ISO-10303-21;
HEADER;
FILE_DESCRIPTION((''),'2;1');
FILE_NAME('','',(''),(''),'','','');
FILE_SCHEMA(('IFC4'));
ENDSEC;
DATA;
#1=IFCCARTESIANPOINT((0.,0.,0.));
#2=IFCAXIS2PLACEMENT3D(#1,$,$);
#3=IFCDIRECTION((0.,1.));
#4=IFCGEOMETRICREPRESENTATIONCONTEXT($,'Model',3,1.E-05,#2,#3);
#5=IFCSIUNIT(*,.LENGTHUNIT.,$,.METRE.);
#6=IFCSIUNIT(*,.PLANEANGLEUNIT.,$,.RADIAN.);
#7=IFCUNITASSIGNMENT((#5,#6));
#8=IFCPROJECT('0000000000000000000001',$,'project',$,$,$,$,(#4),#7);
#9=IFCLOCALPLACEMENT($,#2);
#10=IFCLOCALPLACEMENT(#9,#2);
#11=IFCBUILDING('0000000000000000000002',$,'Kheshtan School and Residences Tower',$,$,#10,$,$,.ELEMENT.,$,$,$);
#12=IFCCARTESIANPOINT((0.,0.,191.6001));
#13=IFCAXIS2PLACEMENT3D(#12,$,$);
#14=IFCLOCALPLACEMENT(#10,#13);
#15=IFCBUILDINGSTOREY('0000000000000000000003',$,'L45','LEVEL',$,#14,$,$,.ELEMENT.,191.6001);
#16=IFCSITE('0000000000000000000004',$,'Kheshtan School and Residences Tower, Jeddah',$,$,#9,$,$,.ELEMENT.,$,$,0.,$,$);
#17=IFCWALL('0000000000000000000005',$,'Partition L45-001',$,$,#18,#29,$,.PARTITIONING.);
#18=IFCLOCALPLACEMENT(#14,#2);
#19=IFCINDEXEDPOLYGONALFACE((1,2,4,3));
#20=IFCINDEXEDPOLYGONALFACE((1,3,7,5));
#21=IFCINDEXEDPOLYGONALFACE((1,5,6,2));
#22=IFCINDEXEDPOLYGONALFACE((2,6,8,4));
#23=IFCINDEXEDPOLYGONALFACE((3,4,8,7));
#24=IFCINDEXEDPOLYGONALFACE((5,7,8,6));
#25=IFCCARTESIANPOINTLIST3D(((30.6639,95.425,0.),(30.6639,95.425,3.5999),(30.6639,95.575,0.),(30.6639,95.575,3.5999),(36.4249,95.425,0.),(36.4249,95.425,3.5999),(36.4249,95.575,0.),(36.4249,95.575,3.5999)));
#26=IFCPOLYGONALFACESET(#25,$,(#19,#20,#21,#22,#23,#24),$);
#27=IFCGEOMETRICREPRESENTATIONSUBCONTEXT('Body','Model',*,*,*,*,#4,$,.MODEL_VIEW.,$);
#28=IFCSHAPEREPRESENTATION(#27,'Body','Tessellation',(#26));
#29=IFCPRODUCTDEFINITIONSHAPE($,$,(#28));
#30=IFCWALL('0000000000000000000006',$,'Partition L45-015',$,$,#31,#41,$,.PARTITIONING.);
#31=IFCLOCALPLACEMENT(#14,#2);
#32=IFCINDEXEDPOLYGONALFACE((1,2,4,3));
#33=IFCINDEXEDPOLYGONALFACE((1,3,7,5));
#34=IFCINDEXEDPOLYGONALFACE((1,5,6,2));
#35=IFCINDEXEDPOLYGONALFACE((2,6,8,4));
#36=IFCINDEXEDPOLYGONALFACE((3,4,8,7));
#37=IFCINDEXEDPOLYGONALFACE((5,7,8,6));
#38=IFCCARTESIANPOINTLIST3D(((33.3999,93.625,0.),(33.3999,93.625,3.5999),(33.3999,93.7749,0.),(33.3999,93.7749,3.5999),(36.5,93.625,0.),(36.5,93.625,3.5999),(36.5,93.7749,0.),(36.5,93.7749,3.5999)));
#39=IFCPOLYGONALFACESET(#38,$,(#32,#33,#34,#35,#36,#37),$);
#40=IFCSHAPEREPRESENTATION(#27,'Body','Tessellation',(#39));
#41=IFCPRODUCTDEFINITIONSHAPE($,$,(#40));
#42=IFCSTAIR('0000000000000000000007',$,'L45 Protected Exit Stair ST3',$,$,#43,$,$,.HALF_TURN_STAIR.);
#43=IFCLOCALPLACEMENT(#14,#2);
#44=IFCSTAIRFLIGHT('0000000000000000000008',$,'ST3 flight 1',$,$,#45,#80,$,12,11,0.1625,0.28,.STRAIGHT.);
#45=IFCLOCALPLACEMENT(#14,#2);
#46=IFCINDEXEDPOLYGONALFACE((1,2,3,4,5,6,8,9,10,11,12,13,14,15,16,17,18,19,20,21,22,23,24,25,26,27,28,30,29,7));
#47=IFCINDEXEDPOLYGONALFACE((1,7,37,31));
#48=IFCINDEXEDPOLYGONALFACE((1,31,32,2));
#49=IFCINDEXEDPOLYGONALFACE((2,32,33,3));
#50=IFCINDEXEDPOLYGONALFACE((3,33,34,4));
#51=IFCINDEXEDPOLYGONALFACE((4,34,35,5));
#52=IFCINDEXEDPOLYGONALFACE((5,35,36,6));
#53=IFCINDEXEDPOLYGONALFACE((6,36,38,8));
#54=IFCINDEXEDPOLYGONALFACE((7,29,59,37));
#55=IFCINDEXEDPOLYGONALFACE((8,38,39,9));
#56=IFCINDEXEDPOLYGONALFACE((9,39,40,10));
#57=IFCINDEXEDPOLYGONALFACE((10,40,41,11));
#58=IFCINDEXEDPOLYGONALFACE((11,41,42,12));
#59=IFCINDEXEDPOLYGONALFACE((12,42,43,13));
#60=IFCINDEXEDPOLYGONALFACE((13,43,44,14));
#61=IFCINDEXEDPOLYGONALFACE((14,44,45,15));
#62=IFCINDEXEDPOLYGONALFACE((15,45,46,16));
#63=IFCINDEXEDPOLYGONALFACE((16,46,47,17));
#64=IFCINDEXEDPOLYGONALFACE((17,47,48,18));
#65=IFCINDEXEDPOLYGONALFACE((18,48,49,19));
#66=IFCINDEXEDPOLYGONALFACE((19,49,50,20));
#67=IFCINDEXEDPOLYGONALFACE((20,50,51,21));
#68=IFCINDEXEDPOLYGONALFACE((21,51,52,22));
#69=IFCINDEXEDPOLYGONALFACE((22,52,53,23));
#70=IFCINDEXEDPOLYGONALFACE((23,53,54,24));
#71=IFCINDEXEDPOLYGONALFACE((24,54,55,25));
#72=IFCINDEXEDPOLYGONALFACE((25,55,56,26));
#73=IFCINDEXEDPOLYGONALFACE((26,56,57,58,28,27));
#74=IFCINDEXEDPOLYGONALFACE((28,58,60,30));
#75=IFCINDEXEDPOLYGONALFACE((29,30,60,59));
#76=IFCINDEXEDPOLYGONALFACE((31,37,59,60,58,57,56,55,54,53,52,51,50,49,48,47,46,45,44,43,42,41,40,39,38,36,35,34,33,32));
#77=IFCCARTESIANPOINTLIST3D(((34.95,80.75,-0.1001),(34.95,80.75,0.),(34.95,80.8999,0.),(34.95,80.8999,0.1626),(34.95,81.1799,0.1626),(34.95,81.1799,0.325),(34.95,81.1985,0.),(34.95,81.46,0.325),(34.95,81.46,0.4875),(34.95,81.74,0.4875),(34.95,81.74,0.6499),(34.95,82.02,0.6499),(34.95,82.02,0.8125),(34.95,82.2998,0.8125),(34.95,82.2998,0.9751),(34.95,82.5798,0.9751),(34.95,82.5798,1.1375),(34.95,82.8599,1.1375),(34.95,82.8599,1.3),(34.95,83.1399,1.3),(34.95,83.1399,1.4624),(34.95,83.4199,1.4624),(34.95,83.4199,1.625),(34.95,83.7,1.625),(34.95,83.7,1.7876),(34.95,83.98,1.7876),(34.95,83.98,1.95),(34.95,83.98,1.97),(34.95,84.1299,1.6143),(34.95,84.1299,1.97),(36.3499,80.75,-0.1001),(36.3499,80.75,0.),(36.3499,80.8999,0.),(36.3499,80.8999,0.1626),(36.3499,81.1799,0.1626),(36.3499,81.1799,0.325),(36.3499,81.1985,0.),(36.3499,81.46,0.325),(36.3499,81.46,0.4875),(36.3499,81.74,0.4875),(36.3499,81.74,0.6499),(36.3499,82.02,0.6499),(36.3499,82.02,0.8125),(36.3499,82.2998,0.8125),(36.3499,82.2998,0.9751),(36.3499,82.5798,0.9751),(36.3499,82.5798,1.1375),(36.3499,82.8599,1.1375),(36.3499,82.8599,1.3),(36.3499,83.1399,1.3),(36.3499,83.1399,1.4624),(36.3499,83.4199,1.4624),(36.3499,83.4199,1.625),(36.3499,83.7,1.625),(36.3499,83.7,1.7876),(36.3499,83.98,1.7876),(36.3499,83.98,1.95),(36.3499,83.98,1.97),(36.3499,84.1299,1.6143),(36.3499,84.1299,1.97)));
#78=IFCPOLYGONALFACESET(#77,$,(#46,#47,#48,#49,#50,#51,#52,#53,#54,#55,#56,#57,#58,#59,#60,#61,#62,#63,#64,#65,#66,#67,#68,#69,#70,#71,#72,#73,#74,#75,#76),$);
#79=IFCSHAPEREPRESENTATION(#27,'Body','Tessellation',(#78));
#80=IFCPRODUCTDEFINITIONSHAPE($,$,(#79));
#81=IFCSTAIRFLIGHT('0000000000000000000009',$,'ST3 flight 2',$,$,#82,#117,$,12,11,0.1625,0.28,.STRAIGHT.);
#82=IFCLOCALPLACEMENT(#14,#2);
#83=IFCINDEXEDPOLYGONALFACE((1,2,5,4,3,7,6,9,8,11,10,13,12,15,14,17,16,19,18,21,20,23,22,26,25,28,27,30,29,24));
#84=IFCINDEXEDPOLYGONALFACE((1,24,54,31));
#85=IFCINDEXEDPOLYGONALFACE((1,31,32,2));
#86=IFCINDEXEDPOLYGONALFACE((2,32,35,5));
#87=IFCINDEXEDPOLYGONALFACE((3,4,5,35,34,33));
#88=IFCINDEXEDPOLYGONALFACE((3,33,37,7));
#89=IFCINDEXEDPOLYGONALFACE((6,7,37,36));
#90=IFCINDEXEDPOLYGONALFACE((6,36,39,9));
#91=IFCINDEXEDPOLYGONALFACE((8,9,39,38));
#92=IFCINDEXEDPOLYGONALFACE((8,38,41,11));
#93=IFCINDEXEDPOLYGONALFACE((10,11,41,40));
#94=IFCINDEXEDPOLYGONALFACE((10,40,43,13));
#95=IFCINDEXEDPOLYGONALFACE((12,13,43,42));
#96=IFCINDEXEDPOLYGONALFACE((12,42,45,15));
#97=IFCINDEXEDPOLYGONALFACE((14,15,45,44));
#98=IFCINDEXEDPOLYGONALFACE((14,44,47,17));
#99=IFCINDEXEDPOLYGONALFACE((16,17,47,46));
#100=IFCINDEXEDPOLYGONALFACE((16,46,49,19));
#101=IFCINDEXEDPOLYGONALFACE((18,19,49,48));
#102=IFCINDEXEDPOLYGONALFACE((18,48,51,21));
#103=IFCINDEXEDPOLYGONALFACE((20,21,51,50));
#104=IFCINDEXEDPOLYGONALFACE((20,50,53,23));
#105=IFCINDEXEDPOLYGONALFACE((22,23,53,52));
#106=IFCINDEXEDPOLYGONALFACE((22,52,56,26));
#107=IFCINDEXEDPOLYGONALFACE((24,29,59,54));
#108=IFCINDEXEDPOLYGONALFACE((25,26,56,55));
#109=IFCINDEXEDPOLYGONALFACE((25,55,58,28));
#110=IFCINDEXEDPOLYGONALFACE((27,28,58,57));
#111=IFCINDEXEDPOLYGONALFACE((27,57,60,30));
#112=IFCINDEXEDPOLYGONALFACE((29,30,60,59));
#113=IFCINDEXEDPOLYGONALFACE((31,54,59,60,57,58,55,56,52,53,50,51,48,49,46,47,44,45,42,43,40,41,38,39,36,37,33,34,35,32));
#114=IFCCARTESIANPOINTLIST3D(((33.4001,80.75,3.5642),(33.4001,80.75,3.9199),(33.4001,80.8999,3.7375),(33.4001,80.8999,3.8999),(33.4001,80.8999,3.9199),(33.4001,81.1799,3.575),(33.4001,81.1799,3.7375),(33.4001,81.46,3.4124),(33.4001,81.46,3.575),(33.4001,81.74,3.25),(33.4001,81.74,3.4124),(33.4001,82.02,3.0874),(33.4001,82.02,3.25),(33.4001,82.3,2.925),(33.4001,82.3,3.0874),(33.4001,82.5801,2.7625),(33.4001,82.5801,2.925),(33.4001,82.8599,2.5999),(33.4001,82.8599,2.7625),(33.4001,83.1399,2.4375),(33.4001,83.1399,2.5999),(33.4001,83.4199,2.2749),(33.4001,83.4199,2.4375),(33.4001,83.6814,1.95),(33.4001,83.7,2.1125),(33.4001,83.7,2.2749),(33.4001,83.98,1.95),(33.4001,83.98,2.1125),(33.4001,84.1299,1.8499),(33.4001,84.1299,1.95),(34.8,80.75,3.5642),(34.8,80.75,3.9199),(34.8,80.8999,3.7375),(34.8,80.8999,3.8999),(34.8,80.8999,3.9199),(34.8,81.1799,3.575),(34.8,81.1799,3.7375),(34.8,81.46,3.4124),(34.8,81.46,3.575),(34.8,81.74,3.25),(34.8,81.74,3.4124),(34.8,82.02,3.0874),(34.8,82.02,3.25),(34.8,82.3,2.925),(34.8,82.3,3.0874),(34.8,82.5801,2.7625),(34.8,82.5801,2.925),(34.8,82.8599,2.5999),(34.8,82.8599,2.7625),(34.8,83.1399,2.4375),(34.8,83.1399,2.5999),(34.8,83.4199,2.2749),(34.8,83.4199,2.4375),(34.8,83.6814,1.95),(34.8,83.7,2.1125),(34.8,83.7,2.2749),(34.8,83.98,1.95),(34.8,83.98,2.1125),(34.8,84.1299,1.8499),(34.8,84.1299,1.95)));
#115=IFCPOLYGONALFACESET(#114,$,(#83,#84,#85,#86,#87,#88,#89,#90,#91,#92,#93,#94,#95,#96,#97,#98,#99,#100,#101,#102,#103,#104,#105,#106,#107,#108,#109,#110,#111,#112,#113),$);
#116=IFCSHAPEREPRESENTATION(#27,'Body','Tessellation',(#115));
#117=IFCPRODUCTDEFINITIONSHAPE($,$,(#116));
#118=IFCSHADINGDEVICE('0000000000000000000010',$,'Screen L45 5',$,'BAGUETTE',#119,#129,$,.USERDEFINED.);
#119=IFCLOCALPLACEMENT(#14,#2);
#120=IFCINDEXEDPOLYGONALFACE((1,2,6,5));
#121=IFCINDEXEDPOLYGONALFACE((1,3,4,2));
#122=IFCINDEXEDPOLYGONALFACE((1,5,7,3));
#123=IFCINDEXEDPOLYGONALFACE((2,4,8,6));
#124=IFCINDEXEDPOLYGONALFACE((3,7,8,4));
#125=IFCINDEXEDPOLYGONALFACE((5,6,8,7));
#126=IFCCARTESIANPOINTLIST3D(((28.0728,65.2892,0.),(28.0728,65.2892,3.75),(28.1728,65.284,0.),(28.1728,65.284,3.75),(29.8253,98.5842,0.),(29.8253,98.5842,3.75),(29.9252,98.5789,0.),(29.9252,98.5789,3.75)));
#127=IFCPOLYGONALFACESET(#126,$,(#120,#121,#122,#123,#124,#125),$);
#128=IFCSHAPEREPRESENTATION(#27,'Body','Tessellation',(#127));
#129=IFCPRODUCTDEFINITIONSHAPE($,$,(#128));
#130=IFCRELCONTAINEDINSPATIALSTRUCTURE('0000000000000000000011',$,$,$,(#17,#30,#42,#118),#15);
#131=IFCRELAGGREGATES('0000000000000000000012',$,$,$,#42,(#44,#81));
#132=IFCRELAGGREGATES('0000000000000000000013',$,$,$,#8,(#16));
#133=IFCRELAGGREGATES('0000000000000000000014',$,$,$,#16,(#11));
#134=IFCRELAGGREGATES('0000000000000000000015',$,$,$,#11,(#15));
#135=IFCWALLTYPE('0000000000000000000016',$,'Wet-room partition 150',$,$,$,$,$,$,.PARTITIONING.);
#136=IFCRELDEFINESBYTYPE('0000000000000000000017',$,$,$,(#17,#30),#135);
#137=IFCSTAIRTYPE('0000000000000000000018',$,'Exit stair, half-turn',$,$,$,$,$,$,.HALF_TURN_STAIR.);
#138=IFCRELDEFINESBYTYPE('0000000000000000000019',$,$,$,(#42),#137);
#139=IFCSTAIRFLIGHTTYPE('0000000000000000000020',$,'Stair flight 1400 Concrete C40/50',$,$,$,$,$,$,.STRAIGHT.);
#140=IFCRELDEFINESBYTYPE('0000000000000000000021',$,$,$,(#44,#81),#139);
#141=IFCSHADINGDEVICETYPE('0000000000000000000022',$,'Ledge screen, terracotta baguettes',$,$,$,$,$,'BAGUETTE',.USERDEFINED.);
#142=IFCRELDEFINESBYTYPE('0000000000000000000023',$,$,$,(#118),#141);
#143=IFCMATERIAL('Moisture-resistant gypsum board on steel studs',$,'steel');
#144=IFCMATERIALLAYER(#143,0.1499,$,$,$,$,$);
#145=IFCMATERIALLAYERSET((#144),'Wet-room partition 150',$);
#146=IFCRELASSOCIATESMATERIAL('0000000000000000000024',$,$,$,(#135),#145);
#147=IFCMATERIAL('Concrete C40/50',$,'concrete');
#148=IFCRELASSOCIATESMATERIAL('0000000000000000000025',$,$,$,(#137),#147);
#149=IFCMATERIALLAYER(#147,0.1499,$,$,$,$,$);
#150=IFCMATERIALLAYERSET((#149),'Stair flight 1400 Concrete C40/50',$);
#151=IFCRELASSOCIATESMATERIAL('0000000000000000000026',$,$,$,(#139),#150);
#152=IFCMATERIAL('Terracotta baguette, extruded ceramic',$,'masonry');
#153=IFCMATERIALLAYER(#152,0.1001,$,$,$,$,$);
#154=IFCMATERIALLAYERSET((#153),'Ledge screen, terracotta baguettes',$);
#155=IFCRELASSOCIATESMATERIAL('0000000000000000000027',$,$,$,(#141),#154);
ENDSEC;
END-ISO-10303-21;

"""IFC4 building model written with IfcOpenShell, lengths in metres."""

from ifc_helpers import new_model, si_unit, direction, frame, frame_2d, origin, origin_2d, place, context, subcontext, project, spatial, polyline, rectangle, outline, extrude, material, layer, layer_set, type_object, element, aggregate, save


model = new_model("IFC4")

# Units and contexts
model_context = context("Model", 3, precision=1e-05, world=origin(), true_north=direction((0.0, 1.0)))
body_context = subcontext(model_context, "Body", "Model", "MODEL_VIEW")
ifc_project = project(units=[si_unit("LENGTHUNIT", "METRE"), si_unit("PLANEANGLEUNIT", "RADIAN")], contexts=[model_context])

# Site, building, storey
site_placement = place(None, origin())
site = spatial("IfcSite", under=ifc_project, at=site_placement, Name="Kheshtan School and Residences Tower, Jeddah", CompositionType="ELEMENT", RefElevation=0.0)
building_placement = place(site_placement, origin())
building = spatial("IfcBuilding", under=site, at=building_placement, Name="Kheshtan School and Residences Tower", CompositionType="ELEMENT")
storey_placement = place(building_placement, frame((0.0, 0.0, 191.6001)))
storey = spatial("IfcBuildingStorey", under=building, at=storey_placement, Name="L45", Description="LEVEL", CompositionType="ELEMENT", Elevation=191.6001)

# Walls
ifc_material_1 = material(Name="Concrete C40/50", Category="concrete")
ifc_material_2 = material(Name="Moisture-resistant gypsum board on steel studs", Category="steel")
ifc_layer_1 = layer(ifc_material_2, 0.1499)
ifc_layer_set_1 = layer_set([ifc_layer_1], Name="Wet-room partition 150")
wall_type_1 = type_object("IfcWallType", Name="Wet-room partition 150", PredefinedType="PARTITIONING", material=ifc_layer_set_1)
wall_1_placement = place(storey_placement, frame((30.6641, 95.5, 0.0), z_axis=(0.0, 0.0, 1.0), x_axis=(1.0, 0.0, 0.0)))
element("IfcWall", 1, at=wall_1_placement, inside=storey, type_object=wall_type_1, Name="Partition L45-001", PredefinedType="PARTITIONING", context=body_context, shape_type="SweptSolid", body=[
    extrude(rectangle(XDim=5.761, YDim=0.1499, at=frame_2d((2.8804, 0.0))), origin(), (0.0, 0.0, 1.0), 3.5999),
])
wall_2_placement = place(storey_placement, frame((33.3999, 93.7, 0.0), z_axis=(0.0, 0.0, 1.0), x_axis=(1.0, 0.0, 0.0)))
element("IfcWall", 2, at=wall_2_placement, inside=storey, type_object=wall_type_1, Name="Partition L45-015", PredefinedType="PARTITIONING", context=body_context, shape_type="SweptSolid", body=[
    extrude(rectangle(XDim=3.1001, YDim=0.1499, at=frame_2d((1.55, 0.0))), origin(), (0.0, 0.0, 1.0), 3.5999),
])

# Stair, stair flights
stair_type = type_object("IfcStairType", Name="Exit stair, half-turn", PredefinedType="HALF_TURN_STAIR", material=ifc_material_1)
stair_placement = place(storey_placement, origin())
stair = element("IfcStair", 3, at=stair_placement, inside=storey, type_object=stair_type, Name="L45 Protected Exit Stair ST3", PredefinedType="HALF_TURN_STAIR")
ifc_layer_2 = layer(ifc_material_1, 0.1499)
ifc_layer_set_2 = layer_set([ifc_layer_2], Name="Stair flight 1400 Concrete C40/50")
stair_flight_type = type_object("IfcStairFlightType", Name="Stair flight 1400 Concrete C40/50", PredefinedType="STRAIGHT", material=ifc_layer_set_2)
stair_flight_1_placement = place(storey_placement, frame((35.6499, 80.8999, 0.0), z_axis=(0.0, 0.0, 1.0), x_axis=(0.0, 1.0, 0.0)))
stair_flight_1 = element("IfcStairFlight", 4, at=stair_flight_1_placement, type_object=stair_flight_type, Name="ST3 flight 1", NumberOfRisers=12, NumberOfTreads=11, PredefinedType="STRAIGHT", RiserHeight=0.1625, TreadLength=0.28, context=body_context, shape_type="SweptSolid", body=[
    extrude(outline(polyline([(-0.1499, -0.1001), (-0.1499, 0.0), (0.0, 0.0), (0.0, 0.1626), (0.28, 0.1626), (0.28, 0.325), (0.5601, 0.325), (0.5601, 0.4875), (0.8401, 0.4875), (0.8401, 0.6499), (1.1201, 0.6499), (1.1201, 0.8125), (1.3999, 0.8125), (1.3999, 0.9751), (1.6799, 0.9751), (1.6799, 1.1375), (1.96, 1.1375), (1.96, 1.3), (2.24, 1.3), (2.24, 1.4624), (2.52, 1.4624), (2.52, 1.625), (2.8, 1.625), (2.8, 1.7876), (3.0801, 1.7876), (3.0801, 1.95), (3.0801, 1.97), (3.23, 1.97), (3.23, 1.6143), (0.2986, 0.0), (-0.1499, -0.1001)])), frame((0.0, 0.7, 0.0), z_axis=(0.0, -1.0, 0.0), x_axis=(1.0, 0.0, 0.0)), (0.0, 0.0, 1.0), 1.3999),
])
stair_flight_2_placement = place(storey_placement, frame((34.1001, 83.98, 1.95), z_axis=(0.0, 0.0, 1.0), x_axis=(0.0, -1.0, 0.0)))
stair_flight_2 = element("IfcStairFlight", 5, at=stair_flight_2_placement, type_object=stair_flight_type, Name="ST3 flight 2", NumberOfRisers=12, NumberOfTreads=11, PredefinedType="STRAIGHT", RiserHeight=0.1625, TreadLength=0.28, context=body_context, shape_type="SweptSolid", body=[
    extrude(outline(polyline([(-0.1499, -0.1001), (-0.1499, 0.0), (0.0, 0.0), (0.0, 0.1626), (0.28, 0.1626), (0.28, 0.325), (0.5601, 0.325), (0.5601, 0.4875), (0.8401, 0.4875), (0.8401, 0.6499), (1.1201, 0.6499), (1.1201, 0.8125), (1.3999, 0.8125), (1.3999, 0.9751), (1.6799, 0.9751), (1.6799, 1.1375), (1.96, 1.1375), (1.96, 1.3), (2.24, 1.3), (2.24, 1.4624), (2.52, 1.4624), (2.52, 1.625), (2.8, 1.625), (2.8, 1.7876), (3.0801, 1.7876), (3.0801, 1.95), (3.0801, 1.97), (3.23, 1.97), (3.23, 1.6143), (0.2986, 0.0), (-0.1499, -0.1001)])), frame((0.0, 0.7, 0.0), z_axis=(0.0, -1.0, 0.0), x_axis=(1.0, 0.0, 0.0)), (0.0, 0.0, 1.0), 1.3999),
])
aggregate(stair, [stair_flight_1, stair_flight_2])

# Shading device
ifc_material_3 = material(Name="Terracotta baguette, extruded ceramic", Category="masonry")
ifc_layer_3 = layer(ifc_material_3, 0.1001)
ifc_layer_set_3 = layer_set([ifc_layer_3], Name="Ledge screen, terracotta baguettes")
shading_device_type = type_object("IfcShadingDeviceType", Name="Ledge screen, terracotta baguettes", ElementType="BAGUETTE", PredefinedType="USERDEFINED", material=ifc_layer_set_3)
shading_device_placement = place(storey_placement, frame((28.999, 81.9341, 0.0), z_axis=(0.0, 0.0, 1.0), x_axis=(0.052563, 0.998618, 0.0)))
element("IfcShadingDevice", 6, at=shading_device_placement, inside=storey, type_object=shading_device_type, Name="Screen L45 5", ObjectType="BAGUETTE", PredefinedType="USERDEFINED", context=body_context, shape_type="SweptSolid", body=[
    extrude(rectangle(XDim=33.3411, YDim=0.1001, at=origin_2d()), origin(), (0.0, 0.0, 1.0), 3.75),
])

save(model, "model.ifc")
